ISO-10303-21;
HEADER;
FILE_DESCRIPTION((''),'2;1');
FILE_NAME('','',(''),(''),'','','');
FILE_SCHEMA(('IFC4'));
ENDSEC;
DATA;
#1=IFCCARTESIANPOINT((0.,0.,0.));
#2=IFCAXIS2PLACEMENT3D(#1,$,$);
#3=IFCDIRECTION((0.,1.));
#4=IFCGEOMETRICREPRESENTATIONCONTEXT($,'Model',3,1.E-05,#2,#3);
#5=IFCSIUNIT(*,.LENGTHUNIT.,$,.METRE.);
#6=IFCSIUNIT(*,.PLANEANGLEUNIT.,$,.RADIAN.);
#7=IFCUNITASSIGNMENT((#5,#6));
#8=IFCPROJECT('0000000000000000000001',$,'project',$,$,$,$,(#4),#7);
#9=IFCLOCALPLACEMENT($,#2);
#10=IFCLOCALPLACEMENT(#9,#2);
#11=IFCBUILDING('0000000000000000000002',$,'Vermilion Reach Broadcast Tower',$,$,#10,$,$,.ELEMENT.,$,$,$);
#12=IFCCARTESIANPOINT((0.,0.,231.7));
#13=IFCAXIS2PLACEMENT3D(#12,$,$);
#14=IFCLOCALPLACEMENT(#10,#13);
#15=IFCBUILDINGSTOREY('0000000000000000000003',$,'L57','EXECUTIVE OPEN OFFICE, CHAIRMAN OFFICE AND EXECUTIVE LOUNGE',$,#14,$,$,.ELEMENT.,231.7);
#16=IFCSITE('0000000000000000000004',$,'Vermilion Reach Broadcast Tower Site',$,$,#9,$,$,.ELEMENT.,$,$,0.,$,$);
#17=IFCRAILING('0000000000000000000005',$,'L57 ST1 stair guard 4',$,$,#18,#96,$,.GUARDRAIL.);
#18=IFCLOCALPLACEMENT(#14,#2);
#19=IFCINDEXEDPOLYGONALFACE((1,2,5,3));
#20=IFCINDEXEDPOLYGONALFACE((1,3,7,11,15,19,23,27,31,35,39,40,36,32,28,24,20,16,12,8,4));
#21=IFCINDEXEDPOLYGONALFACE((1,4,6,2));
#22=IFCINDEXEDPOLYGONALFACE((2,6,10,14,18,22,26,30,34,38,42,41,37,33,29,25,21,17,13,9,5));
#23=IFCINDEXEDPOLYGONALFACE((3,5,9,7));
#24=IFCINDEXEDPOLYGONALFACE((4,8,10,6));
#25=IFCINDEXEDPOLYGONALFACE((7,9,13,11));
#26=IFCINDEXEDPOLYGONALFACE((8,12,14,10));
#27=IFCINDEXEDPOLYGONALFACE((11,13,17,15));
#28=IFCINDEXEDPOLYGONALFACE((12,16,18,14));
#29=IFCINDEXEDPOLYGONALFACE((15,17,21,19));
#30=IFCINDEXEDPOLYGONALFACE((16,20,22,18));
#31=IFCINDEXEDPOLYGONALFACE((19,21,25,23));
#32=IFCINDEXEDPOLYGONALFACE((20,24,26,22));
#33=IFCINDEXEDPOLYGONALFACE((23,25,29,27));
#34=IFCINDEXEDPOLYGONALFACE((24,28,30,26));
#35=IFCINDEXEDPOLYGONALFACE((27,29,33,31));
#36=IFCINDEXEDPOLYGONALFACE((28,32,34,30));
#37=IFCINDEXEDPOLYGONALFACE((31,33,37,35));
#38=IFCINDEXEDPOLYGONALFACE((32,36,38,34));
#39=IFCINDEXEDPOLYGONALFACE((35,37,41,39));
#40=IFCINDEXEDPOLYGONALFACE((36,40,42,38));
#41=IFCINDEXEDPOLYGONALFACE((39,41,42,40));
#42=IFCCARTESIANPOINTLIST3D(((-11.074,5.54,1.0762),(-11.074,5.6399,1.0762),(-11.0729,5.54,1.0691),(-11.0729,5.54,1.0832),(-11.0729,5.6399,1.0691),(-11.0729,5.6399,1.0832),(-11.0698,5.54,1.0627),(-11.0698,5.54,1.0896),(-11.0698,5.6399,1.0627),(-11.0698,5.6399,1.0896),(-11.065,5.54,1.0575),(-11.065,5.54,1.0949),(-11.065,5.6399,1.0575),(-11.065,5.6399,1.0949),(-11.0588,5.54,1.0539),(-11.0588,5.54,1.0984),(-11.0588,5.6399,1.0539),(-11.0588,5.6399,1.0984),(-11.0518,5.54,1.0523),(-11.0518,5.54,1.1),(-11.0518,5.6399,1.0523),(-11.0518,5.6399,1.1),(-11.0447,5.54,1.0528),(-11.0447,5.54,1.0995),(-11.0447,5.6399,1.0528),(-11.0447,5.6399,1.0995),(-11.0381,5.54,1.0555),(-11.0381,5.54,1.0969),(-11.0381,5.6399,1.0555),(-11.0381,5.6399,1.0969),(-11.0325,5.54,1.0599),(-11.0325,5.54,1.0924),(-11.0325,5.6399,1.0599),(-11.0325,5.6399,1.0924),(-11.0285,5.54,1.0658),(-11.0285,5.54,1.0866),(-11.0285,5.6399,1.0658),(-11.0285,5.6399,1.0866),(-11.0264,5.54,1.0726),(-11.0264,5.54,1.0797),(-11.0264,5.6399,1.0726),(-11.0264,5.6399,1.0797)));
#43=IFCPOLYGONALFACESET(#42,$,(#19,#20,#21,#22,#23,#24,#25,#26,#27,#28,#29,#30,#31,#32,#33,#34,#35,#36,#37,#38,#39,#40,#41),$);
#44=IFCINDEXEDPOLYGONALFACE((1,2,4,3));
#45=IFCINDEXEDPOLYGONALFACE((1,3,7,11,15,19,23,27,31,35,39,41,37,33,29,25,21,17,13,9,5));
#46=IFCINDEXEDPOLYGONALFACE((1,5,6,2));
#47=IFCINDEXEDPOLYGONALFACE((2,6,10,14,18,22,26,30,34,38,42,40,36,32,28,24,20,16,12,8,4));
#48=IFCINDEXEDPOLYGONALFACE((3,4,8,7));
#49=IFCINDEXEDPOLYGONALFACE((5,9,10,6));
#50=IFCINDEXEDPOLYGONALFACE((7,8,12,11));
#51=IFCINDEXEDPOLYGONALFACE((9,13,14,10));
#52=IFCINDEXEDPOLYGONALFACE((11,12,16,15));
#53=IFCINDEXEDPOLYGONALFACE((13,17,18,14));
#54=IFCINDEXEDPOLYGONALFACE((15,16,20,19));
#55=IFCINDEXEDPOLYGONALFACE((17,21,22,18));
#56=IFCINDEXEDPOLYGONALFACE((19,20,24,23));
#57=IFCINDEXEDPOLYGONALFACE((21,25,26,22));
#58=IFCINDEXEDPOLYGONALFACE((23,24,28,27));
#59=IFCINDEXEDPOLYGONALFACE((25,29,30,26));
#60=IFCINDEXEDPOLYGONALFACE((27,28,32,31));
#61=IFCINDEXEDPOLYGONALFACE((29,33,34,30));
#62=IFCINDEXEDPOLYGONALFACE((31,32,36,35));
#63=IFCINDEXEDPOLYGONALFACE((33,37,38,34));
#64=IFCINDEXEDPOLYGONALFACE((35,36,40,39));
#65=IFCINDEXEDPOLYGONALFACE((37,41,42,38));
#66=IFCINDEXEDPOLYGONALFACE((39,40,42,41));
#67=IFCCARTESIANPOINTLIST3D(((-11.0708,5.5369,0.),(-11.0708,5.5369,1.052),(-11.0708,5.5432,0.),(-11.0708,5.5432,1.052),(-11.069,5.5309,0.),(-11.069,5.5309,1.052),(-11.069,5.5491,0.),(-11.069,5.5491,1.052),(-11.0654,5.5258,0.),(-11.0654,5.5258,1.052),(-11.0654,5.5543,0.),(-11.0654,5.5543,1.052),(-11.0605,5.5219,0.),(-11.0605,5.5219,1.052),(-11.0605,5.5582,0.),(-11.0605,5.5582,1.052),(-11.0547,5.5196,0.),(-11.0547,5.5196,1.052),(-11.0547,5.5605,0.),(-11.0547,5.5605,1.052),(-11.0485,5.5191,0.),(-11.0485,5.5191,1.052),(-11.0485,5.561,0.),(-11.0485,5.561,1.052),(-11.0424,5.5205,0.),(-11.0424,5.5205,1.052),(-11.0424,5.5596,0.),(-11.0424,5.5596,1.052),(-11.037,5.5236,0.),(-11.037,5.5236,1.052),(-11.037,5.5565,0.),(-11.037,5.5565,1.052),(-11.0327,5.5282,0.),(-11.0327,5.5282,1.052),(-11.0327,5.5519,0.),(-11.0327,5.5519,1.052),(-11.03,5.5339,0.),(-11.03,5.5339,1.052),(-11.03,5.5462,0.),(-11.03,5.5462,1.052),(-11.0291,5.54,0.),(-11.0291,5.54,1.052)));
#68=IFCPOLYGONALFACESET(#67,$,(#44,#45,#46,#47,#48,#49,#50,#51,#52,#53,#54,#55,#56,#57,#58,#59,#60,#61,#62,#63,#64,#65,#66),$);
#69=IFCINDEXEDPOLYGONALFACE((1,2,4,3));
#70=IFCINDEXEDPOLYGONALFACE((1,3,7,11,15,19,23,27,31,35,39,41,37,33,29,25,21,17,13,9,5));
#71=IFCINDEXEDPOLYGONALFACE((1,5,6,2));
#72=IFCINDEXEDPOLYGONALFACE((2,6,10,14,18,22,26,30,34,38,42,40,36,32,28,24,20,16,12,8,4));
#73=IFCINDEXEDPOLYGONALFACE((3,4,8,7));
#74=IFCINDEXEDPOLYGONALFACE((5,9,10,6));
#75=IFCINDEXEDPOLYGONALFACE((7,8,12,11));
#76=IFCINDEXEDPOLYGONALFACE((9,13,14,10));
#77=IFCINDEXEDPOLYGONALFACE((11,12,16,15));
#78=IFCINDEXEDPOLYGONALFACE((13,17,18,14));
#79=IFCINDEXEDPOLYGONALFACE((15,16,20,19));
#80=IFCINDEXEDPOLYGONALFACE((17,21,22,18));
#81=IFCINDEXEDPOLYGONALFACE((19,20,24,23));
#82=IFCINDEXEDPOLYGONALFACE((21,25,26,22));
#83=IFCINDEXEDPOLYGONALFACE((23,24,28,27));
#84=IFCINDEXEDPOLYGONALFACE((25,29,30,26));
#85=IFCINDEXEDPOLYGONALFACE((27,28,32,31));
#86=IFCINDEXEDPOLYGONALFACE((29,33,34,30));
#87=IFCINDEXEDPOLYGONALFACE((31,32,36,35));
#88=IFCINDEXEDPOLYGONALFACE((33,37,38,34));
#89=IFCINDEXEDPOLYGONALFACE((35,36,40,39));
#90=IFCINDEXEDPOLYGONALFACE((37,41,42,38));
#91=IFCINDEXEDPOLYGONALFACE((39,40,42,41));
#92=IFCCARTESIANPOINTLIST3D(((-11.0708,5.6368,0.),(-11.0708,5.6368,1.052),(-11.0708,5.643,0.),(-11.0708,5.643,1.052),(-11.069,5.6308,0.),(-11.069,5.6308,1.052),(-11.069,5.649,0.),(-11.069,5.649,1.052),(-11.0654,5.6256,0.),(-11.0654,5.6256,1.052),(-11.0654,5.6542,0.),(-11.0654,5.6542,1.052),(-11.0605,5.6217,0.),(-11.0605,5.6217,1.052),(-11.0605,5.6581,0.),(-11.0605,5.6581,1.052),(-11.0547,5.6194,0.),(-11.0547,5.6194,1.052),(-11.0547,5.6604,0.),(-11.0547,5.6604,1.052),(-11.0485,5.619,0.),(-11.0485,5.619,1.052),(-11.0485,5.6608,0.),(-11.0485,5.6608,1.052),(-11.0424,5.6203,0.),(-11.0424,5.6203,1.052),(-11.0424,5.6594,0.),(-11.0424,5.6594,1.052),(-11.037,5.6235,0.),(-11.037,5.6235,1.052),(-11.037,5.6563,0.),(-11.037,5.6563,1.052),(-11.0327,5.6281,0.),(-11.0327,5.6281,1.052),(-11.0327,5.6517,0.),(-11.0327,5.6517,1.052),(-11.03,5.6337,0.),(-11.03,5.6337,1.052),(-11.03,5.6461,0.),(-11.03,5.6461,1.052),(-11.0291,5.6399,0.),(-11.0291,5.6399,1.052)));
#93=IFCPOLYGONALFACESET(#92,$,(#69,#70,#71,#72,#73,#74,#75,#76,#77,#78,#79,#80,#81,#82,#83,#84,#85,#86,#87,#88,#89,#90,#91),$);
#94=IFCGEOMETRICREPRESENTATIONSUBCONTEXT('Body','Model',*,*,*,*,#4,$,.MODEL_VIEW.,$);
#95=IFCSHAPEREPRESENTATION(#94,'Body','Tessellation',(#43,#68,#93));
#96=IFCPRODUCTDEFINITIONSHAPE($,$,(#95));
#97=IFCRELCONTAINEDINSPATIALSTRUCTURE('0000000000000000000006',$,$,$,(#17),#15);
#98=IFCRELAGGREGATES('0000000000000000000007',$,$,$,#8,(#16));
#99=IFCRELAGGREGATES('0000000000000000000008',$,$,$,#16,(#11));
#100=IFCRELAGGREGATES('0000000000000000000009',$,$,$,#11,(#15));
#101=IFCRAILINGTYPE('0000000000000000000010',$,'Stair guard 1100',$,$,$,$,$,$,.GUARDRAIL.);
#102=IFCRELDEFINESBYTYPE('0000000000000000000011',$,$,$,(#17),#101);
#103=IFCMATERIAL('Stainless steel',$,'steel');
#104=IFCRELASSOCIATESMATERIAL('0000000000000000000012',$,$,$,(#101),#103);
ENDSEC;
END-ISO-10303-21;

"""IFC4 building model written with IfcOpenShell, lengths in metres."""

from ifc_helpers import new_model, si_unit, direction, frame, origin, origin_2d, place, context, subcontext, project, spatial, circle, extrude, material, type_object, element, save


model = new_model("IFC4")

# Units and contexts
model_context = context("Model", 3, precision=1e-05, world=origin(), true_north=direction((0.0, 1.0)))
body_context = subcontext(model_context, "Body", "Model", "MODEL_VIEW")
ifc_project = project(units=[si_unit("LENGTHUNIT", "METRE"), si_unit("PLANEANGLEUNIT", "RADIAN")], contexts=[model_context])

# Site, building, storey
site_placement = place(None, origin())
site = spatial("IfcSite", under=ifc_project, at=site_placement, Name="Vermilion Reach Broadcast Tower Site", CompositionType="ELEMENT", RefElevation=0.0)
building_placement = place(site_placement, origin())
building = spatial("IfcBuilding", under=site, at=building_placement, Name="Vermilion Reach Broadcast Tower", CompositionType="ELEMENT")
storey_placement = place(building_placement, frame((0.0, 0.0, 231.7)))
storey = spatial("IfcBuildingStorey", under=building, at=storey_placement, Name="L57", Description="EXECUTIVE OPEN OFFICE, CHAIRMAN OFFICE AND EXECUTIVE LOUNGE", CompositionType="ELEMENT", Elevation=231.7)

# Railing
ifc_material_1 = material(Name="Stainless steel", Category="steel")
railing_type_1 = type_object("IfcRailingType", Name="Stair guard 1100", PredefinedType="GUARDRAIL", material=ifc_material_1)
railing_1_placement = place(storey_placement, frame((-11.05, 5.54, 0.0)))
element("IfcRailing", 1, at=railing_1_placement, inside=storey, type_object=railing_type_1, Name="L57 ST1 stair guard 4", PredefinedType="GUARDRAIL", context=body_context, shape_type="SweptSolid", body=[
    extrude(circle(Radius=0.0239, at=origin_2d()), frame((0.0, 0.0, 1.0762), z_axis=(0.0, 1.0, 0.0), x_axis=(-1.0, 0.0, 0.0)), (0.0, 0.0, 1.0), 0.0999),
    extrude(circle(Radius=0.021, at=origin_2d()), origin(), (0.0, 0.0, 1.0), 1.052),
    extrude(circle(Radius=0.021, at=origin_2d()), frame((0.0, 0.0999, 0.0)), (0.0, 0.0, 1.0), 1.052),
])

save(model, "model.ifc")
